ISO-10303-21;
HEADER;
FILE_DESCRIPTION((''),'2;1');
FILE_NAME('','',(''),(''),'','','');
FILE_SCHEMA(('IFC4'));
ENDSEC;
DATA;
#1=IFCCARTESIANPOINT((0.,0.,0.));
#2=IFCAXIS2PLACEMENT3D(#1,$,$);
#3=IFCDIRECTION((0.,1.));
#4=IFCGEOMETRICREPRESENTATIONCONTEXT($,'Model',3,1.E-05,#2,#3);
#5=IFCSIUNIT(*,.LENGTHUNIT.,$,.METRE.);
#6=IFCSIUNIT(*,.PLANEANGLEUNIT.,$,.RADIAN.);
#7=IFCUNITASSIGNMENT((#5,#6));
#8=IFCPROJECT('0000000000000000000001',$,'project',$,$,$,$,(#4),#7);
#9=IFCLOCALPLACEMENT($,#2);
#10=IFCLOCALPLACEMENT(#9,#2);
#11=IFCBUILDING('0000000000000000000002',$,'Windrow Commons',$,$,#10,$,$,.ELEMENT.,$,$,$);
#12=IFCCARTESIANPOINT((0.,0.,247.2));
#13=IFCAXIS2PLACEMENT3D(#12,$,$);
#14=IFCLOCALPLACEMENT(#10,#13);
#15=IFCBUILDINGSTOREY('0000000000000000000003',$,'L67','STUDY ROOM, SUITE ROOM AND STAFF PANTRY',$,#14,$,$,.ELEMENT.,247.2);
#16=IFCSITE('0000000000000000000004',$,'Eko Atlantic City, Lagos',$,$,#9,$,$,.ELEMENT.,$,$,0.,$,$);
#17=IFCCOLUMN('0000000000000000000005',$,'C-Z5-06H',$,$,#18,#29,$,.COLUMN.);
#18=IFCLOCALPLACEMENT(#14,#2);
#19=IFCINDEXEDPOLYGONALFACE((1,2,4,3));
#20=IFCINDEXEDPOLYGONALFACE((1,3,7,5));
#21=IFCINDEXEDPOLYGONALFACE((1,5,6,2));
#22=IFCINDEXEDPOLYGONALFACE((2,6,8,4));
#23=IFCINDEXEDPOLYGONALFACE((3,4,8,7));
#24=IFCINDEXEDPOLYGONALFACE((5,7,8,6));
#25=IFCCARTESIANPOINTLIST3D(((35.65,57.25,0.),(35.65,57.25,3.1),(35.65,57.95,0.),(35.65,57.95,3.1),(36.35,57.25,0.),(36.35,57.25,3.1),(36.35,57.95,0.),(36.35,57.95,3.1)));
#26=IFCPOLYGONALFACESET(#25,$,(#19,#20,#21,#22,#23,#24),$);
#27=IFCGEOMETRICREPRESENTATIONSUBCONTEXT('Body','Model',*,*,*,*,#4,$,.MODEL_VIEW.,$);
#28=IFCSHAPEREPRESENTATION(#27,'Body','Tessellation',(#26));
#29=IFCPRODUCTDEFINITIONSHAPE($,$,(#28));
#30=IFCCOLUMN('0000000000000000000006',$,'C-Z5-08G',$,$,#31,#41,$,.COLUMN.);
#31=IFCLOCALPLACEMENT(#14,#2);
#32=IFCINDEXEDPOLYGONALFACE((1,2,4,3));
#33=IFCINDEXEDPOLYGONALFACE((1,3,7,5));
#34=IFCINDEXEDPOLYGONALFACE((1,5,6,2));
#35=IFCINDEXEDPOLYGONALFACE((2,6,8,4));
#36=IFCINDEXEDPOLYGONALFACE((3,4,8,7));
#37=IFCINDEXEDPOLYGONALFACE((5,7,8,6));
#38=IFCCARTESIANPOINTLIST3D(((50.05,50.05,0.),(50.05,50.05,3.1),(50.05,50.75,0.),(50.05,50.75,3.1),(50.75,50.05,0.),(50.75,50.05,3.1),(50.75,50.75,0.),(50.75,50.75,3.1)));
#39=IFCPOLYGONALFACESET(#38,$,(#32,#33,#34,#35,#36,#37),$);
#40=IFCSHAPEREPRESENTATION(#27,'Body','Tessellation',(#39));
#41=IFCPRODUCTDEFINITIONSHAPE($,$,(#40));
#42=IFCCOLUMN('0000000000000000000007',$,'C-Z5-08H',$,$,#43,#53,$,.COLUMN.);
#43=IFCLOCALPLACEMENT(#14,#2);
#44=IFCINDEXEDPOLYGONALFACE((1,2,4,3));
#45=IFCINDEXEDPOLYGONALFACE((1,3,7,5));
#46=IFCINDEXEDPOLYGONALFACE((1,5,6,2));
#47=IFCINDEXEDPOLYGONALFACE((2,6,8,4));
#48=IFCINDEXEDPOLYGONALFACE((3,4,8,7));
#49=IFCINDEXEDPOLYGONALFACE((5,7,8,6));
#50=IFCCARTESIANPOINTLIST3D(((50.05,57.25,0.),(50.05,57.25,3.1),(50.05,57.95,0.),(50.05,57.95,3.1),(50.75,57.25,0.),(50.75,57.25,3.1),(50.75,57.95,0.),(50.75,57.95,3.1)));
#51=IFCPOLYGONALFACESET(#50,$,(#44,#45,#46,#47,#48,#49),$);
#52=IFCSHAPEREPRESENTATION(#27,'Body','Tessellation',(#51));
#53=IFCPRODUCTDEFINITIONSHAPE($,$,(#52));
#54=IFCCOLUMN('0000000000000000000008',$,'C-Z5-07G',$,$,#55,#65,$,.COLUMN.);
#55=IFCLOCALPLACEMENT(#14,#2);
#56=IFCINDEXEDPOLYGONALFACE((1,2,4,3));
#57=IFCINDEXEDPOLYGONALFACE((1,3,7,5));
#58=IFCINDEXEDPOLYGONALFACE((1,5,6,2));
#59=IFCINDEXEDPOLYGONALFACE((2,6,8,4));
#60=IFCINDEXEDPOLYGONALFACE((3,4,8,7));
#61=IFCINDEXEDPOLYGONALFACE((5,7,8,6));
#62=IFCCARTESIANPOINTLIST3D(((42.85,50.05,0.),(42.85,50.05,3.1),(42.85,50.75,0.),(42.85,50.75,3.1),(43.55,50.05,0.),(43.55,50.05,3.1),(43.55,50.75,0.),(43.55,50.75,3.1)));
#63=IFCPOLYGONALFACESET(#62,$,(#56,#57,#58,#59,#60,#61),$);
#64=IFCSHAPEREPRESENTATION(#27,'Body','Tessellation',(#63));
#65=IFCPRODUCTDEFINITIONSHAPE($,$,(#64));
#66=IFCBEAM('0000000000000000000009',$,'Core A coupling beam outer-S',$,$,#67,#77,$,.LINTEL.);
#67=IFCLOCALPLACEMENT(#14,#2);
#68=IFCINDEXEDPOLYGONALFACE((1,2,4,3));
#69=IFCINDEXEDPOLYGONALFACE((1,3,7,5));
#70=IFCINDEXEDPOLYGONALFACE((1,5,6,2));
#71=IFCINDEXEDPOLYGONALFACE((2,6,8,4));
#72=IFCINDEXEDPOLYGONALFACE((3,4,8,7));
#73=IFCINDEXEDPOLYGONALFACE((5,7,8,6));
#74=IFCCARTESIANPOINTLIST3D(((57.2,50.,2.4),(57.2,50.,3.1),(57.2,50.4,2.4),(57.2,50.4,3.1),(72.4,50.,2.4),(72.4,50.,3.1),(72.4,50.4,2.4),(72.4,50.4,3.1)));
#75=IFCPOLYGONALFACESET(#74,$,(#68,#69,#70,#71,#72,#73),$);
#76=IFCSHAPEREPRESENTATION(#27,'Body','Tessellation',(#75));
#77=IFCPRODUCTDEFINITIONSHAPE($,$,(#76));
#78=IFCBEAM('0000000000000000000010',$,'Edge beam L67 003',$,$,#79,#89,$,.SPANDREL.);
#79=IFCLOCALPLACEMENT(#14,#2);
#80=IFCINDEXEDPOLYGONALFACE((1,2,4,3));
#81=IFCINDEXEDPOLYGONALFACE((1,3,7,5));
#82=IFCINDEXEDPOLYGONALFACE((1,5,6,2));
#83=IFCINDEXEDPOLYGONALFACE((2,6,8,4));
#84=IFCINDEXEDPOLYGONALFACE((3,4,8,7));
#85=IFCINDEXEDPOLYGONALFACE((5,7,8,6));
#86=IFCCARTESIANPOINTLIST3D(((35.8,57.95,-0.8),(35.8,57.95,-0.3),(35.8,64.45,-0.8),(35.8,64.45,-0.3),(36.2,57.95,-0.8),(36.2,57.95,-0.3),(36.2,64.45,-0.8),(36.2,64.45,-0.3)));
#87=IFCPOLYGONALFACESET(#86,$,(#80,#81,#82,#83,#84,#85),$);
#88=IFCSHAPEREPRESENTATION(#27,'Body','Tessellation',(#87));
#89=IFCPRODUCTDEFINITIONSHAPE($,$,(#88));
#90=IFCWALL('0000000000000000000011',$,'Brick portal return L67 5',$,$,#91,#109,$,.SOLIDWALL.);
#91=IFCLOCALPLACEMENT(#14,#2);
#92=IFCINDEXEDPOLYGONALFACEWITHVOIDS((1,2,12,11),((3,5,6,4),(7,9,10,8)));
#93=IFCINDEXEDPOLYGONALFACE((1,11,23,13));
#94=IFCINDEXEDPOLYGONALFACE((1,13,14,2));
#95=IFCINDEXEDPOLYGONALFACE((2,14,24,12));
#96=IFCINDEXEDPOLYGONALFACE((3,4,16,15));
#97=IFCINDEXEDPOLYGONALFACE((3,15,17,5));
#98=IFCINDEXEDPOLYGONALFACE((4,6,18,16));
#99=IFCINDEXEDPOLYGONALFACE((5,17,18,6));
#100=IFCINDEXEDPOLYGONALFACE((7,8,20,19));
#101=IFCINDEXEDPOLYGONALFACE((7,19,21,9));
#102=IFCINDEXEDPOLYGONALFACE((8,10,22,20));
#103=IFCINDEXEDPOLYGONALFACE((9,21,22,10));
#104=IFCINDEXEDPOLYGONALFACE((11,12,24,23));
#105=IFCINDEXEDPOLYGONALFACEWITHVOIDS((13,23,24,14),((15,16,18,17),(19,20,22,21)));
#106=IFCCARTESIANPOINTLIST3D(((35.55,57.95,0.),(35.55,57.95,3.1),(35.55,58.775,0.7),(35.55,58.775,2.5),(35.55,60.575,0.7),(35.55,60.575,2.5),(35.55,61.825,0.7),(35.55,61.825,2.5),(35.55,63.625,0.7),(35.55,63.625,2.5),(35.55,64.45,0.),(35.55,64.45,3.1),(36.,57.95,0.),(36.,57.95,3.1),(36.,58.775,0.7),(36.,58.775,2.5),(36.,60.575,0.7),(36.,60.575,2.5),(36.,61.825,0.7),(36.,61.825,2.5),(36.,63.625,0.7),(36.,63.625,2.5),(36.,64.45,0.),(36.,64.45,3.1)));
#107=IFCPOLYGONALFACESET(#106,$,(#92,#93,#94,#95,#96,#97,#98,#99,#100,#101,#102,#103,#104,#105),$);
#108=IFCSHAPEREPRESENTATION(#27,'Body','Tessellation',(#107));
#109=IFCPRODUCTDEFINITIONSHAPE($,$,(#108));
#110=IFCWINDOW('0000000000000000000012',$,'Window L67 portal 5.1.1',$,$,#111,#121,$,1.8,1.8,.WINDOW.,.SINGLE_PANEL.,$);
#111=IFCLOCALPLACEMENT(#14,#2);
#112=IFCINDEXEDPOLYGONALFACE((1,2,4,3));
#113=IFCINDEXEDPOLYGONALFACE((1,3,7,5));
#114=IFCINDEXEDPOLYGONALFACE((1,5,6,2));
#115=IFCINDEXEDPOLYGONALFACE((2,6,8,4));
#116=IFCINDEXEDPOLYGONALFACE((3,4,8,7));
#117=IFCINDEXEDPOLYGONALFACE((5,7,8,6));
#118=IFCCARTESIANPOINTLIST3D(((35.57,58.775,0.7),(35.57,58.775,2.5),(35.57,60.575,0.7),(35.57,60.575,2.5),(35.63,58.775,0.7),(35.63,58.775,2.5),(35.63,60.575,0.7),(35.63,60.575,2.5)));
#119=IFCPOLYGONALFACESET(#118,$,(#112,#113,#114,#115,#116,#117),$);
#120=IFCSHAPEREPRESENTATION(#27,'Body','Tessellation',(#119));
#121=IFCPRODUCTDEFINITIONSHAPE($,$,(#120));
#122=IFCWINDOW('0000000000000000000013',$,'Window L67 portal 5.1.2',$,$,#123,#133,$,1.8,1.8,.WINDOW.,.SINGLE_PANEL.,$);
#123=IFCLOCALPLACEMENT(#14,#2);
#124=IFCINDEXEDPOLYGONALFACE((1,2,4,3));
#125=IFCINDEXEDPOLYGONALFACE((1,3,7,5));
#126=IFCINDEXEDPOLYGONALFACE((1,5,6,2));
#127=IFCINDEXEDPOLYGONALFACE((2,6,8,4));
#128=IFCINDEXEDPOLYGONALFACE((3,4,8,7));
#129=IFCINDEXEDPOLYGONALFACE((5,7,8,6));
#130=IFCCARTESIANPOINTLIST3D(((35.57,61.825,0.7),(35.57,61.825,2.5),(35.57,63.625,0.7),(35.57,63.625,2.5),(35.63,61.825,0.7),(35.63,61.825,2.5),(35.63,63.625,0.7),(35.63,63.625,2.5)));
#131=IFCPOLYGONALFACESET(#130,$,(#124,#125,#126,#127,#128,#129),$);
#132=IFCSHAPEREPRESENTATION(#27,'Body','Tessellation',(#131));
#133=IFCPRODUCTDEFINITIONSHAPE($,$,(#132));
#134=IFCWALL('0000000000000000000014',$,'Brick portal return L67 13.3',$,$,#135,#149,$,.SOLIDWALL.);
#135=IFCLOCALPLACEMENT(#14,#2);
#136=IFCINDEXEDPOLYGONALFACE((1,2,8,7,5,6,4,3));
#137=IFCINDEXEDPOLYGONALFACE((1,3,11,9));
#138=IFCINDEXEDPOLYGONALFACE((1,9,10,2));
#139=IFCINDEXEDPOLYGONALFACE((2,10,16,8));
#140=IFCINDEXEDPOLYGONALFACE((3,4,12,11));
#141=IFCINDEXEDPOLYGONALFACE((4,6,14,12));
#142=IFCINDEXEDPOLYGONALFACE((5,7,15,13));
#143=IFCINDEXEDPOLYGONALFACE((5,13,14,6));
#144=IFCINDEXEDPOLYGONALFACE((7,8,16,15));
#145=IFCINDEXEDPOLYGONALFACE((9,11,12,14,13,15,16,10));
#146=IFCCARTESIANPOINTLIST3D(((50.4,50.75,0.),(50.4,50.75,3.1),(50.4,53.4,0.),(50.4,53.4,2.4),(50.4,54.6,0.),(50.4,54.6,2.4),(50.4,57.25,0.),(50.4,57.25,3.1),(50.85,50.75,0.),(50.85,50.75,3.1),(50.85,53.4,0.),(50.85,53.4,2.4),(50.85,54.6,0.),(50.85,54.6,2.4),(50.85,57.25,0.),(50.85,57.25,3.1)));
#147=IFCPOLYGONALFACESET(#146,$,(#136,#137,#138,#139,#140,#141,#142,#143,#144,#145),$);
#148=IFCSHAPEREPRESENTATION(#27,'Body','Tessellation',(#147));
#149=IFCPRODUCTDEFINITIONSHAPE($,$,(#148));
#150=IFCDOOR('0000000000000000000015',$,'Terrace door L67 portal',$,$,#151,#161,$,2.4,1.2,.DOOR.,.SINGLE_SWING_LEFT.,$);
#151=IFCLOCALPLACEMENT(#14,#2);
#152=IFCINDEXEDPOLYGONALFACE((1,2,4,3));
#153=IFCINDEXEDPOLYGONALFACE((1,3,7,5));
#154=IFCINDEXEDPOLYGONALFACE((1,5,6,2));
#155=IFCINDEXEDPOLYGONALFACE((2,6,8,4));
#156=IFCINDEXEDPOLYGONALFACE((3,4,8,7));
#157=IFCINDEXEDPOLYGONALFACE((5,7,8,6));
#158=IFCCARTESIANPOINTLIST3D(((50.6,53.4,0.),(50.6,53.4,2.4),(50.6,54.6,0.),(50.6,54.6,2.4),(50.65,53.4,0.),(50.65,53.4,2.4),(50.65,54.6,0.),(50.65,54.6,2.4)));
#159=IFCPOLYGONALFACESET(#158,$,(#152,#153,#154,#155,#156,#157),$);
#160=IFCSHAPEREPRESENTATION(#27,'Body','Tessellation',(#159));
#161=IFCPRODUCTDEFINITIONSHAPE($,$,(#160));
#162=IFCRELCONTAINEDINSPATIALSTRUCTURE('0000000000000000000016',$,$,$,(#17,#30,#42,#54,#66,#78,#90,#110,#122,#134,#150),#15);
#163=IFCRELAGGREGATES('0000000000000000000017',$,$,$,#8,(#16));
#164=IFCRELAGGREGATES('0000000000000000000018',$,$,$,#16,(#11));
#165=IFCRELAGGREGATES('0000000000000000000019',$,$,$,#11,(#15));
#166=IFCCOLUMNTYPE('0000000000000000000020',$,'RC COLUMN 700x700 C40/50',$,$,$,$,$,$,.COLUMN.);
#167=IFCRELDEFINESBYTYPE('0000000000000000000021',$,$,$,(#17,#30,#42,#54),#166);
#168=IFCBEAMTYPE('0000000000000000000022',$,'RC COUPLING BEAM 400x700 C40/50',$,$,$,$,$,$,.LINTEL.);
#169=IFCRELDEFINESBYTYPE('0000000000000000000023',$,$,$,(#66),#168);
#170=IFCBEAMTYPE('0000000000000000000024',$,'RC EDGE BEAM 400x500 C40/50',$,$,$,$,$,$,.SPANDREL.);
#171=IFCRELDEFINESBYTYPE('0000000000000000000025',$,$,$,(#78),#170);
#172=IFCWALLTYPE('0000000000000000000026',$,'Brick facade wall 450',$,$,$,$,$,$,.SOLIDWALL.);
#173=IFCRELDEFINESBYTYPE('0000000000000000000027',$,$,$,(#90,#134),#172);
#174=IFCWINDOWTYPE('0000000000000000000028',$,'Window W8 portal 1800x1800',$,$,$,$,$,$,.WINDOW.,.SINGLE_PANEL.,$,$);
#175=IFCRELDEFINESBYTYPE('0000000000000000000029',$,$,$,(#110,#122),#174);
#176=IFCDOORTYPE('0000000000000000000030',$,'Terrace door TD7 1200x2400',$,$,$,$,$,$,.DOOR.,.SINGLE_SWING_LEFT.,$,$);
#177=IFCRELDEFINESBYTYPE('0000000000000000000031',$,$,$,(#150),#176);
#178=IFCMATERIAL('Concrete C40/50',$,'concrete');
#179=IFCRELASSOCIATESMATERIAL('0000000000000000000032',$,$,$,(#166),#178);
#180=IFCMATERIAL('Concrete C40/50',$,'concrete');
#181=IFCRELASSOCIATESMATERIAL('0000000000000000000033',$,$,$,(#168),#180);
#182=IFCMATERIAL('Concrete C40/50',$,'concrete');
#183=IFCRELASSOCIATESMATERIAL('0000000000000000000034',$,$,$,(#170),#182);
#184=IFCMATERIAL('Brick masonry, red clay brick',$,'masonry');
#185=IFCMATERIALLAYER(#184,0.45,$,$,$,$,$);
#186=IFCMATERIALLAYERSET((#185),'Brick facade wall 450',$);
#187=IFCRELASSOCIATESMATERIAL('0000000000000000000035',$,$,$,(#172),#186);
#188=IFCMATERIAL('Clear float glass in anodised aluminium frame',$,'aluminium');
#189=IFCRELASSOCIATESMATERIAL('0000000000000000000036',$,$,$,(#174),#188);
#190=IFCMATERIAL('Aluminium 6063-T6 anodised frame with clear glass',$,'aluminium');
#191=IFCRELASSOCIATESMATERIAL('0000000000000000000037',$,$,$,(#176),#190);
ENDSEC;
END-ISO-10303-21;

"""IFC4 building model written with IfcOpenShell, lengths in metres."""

from ifc_helpers import new_model, si_unit, direction, frame, frame_2d, origin, origin_2d, place, context, subcontext, project, spatial, rectangle, extrude, material, layer, layer_set, material_profile, profile_set, type_object, element, fill, save


model = new_model("IFC4")

# Units and contexts
model_context = context("Model", 3, precision=1e-05, world=origin(), true_north=direction((0.0, 1.0)))
body_context = subcontext(model_context, "Body", "Model", "MODEL_VIEW")
ifc_project = project(units=[si_unit("LENGTHUNIT", "METRE"), si_unit("PLANEANGLEUNIT", "RADIAN")], contexts=[model_context])

# Site, building, storey
site_placement = place(None, origin())
site = spatial("IfcSite", under=ifc_project, at=site_placement, Name="Eko Atlantic City, Lagos", CompositionType="ELEMENT", RefElevation=0.0)
building_placement = place(site_placement, origin())
building = spatial("IfcBuilding", under=site, at=building_placement, Name="Windrow Commons", CompositionType="ELEMENT")
storey_placement = place(building_placement, frame((0.0, 0.0, 247.2)))
storey = spatial("IfcBuildingStorey", under=building, at=storey_placement, Name="L67", Description="STUDY ROOM, SUITE ROOM AND STAFF PANTRY", CompositionType="ELEMENT", Elevation=247.2)

# Columns
ifc_material_1 = material(Name="Concrete C40/50", Category="concrete")
ifc_material_profile_1 = material_profile(ifc_material_1, rectangle(XDim=0.7, YDim=0.7, at=origin_2d()))
ifc_profile_set_1 = profile_set([ifc_material_profile_1], Name="Concrete C40/50")
column_type = type_object("IfcColumnType", Name="RC COLUMN 700x700 C40/50", PredefinedType="COLUMN", material=ifc_profile_set_1)
for number, where, z_axis, x_axis, name in (
    (1, (36.0, 57.6, 0.0), (0.0, 0.0, 1.0), (1.0, 0.0, 0.0), "C-Z5-06H"),
    (2, (50.4, 50.4, 0.0), (0.0, 0.0, 1.0), (1.0, 0.0, 0.0), "C-Z5-08G"),
    (3, (50.4, 57.6, 0.0), (0.0, 0.0, 1.0), (1.0, 0.0, 0.0), "C-Z5-08H"),
    (4, (43.2, 50.4, 0.0), (0.0, 0.0, 1.0), (1.0, 0.0, 0.0), "C-Z5-07G"),
):
    element("IfcColumn", number, at=place(storey_placement, frame(where, z_axis=z_axis, x_axis=x_axis)), inside=storey, type_object=column_type, Name=name, PredefinedType="COLUMN", context=body_context, shape_type="SweptSolid", body=[
        extrude(rectangle(XDim=0.7, YDim=0.7, at=origin_2d()), origin(), (0.0, 0.0, 1.0), 3.1),
    ])

# Beams
ifc_material_2 = material(Name="Concrete C40/50", Category="concrete")
ifc_material_profile_2 = material_profile(ifc_material_2, rectangle(XDim=0.4, YDim=0.7, at=origin_2d()))
ifc_profile_set_2 = profile_set([ifc_material_profile_2], Name="Concrete C40/50")
beam_type_1 = type_object("IfcBeamType", Name="RC COUPLING BEAM 400x700 C40/50", PredefinedType="LINTEL", material=ifc_profile_set_2)
beam_1_placement = place(storey_placement, frame((57.2, 50.2, 2.75), z_axis=(1.0, 0.0, 0.0), x_axis=(0.0, 1.0, 0.0)))
element("IfcBeam", 5, at=beam_1_placement, inside=storey, type_object=beam_type_1, Name="Core A coupling beam outer-S", PredefinedType="LINTEL", context=body_context, shape_type="SweptSolid", body=[
    extrude(rectangle(XDim=0.4, YDim=0.7, at=origin_2d()), origin(), (0.0, 0.0, 1.0), 15.2),
])
ifc_material_3 = material(Name="Concrete C40/50", Category="concrete")
ifc_material_profile_3 = material_profile(ifc_material_3, rectangle(XDim=0.4, YDim=0.5, at=origin_2d()))
ifc_profile_set_3 = profile_set([ifc_material_profile_3], Name="Concrete C40/50")
beam_type_2 = type_object("IfcBeamType", Name="RC EDGE BEAM 400x500 C40/50", PredefinedType="SPANDREL", material=ifc_profile_set_3)
beam_2_placement = place(storey_placement, frame((36.0, 57.95, -0.55), z_axis=(0.0, 1.0, 0.0), x_axis=(-1.0, 0.0, 0.0)))
element("IfcBeam", 6, at=beam_2_placement, inside=storey, type_object=beam_type_2, Name="Edge beam L67 003", PredefinedType="SPANDREL", context=body_context, shape_type="SweptSolid", body=[
    extrude(rectangle(XDim=0.4, YDim=0.5, at=origin_2d()), origin(), (0.0, 0.0, 1.0), 6.5),
])

# Wall, openings, windows
ifc_material_4 = material(Name="Brick masonry, red clay brick", Category="masonry")
ifc_layer_1 = layer(ifc_material_4, 0.45)
ifc_layer_set_1 = layer_set([ifc_layer_1], Name="Brick facade wall 450")
wall_type_1 = type_object("IfcWallType", Name="Brick facade wall 450", PredefinedType="SOLIDWALL", material=ifc_layer_set_1)
wall_1_placement = place(storey_placement, frame((35.775, 57.95, 0.0), z_axis=(0.0, 0.0, 1.0), x_axis=(0.0, 1.0, 0.0)))
wall_1 = element("IfcWall", 7, at=wall_1_placement, inside=storey, type_object=wall_type_1, Name="Brick portal return L67 5", PredefinedType="SOLIDWALL", context=body_context, shape_type="SweptSolid", body=[
    extrude(rectangle(XDim=6.5, YDim=0.45, at=frame_2d((3.25, 0.0))), origin(), (0.0, 0.0, 1.0), 3.1),
])
opening_1_placement = place(wall_1_placement, frame((0.825, 0.0, 0.7)))
opening_1 = element("IfcOpeningElement", 8, at=opening_1_placement, cuts=wall_1, PredefinedType="OPENING", context=body_context, shape_type="SweptSolid", body=[
    extrude(rectangle(XDim=1.8, YDim=1.8, at=frame_2d((0.9, 0.9))), frame((0.0, 0.235, 0.0), z_axis=(0.0, -1.0, 0.0), x_axis=(1.0, 0.0, 0.0)), (0.0, 0.0, 1.0), 0.47),
])
opening_2_placement = place(wall_1_placement, frame((3.875, 0.0, 0.7)))
opening_2 = element("IfcOpeningElement", 9, at=opening_2_placement, cuts=wall_1, PredefinedType="OPENING", context=body_context, shape_type="SweptSolid", body=[
    extrude(rectangle(XDim=1.8, YDim=1.8, at=frame_2d((0.9, 0.9))), frame((0.0, 0.235, 0.0), z_axis=(0.0, -1.0, 0.0), x_axis=(1.0, 0.0, 0.0)), (0.0, 0.0, 1.0), 0.47),
])
ifc_material_5 = material(Name="Clear float glass in anodised aluminium frame", Category="aluminium")
window_type = type_object("IfcWindowType", Name="Window W8 portal 1800x1800", PartitioningType="SINGLE_PANEL", PredefinedType="WINDOW", material=ifc_material_5)
window_1_placement = place(opening_1_placement, origin())
window_1 = element("IfcWindow", 10, at=window_1_placement, inside=storey, type_object=window_type, Name="Window L67 portal 5.1.1", OverallHeight=1.8, OverallWidth=1.8, PartitioningType="SINGLE_PANEL", PredefinedType="WINDOW", context=body_context, shape_type="SweptSolid", body=[
    extrude(rectangle(XDim=1.8, YDim=1.8, at=frame_2d((0.9, 0.9))), frame((0.0, 0.205, 0.0), z_axis=(0.0, -1.0, 0.0), x_axis=(1.0, 0.0, 0.0)), (0.0, 0.0, 1.0), 0.06),
])
fill(opening_1, window_1)
window_2_placement = place(opening_2_placement, origin())
window_2 = element("IfcWindow", 11, at=window_2_placement, inside=storey, type_object=window_type, Name="Window L67 portal 5.1.2", OverallHeight=1.8, OverallWidth=1.8, PartitioningType="SINGLE_PANEL", PredefinedType="WINDOW", context=body_context, shape_type="SweptSolid", body=[
    extrude(rectangle(XDim=1.8, YDim=1.8, at=frame_2d((0.9, 0.9))), frame((0.0, 0.205, 0.0), z_axis=(0.0, -1.0, 0.0), x_axis=(1.0, 0.0, 0.0)), (0.0, 0.0, 1.0), 0.06),
])
fill(opening_2, window_2)

# Wall, opening, door
wall_2_placement = place(storey_placement, frame((50.625, 57.25, 0.0), z_axis=(0.0, 0.0, 1.0), x_axis=(0.0, -1.0, 0.0)))
wall_2 = element("IfcWall", 12, at=wall_2_placement, inside=storey, type_object=wall_type_1, Name="Brick portal return L67 13.3", PredefinedType="SOLIDWALL", context=body_context, shape_type="SweptSolid", body=[
    extrude(rectangle(XDim=6.5, YDim=0.45, at=frame_2d((3.25, 0.0))), origin(), (0.0, 0.0, 1.0), 3.1),
])
opening_3_placement = place(wall_2_placement, frame((2.65, 0.0, 0.0)))
opening_3 = element("IfcOpeningElement", 13, at=opening_3_placement, cuts=wall_2, PredefinedType="OPENING", context=body_context, shape_type="SweptSolid", body=[
    extrude(rectangle(XDim=1.2, YDim=2.4, at=frame_2d((0.6, 1.2))), frame((0.0, 0.235, 0.0), z_axis=(0.0, -1.0, 0.0), x_axis=(1.0, 0.0, 0.0)), (0.0, 0.0, 1.0), 0.47),
])
ifc_material_6 = material(Name="Aluminium 6063-T6 anodised frame with clear glass", Category="aluminium")
door_type_1 = type_object("IfcDoorType", Name="Terrace door TD7 1200x2400", OperationType="SINGLE_SWING_LEFT", PredefinedType="DOOR", material=ifc_material_6)
door_1_placement = place(opening_3_placement, origin())
door_1 = element("IfcDoor", 14, at=door_1_placement, inside=storey, type_object=door_type_1, Name="Terrace door L67 portal", OperationType="SINGLE_SWING_LEFT", OverallHeight=2.4, OverallWidth=1.2, PredefinedType="DOOR", context=body_context, shape_type="SweptSolid", body=[
    extrude(rectangle(XDim=1.2, YDim=2.4, at=frame_2d((0.6, 1.2))), frame((0.0, 0.025, 0.0), z_axis=(0.0, -1.0, 0.0), x_axis=(1.0, 0.0, 0.0)), (0.0, 0.0, 1.0), 0.05),
])
fill(opening_3, door_1)

save(model, "model.ifc")
